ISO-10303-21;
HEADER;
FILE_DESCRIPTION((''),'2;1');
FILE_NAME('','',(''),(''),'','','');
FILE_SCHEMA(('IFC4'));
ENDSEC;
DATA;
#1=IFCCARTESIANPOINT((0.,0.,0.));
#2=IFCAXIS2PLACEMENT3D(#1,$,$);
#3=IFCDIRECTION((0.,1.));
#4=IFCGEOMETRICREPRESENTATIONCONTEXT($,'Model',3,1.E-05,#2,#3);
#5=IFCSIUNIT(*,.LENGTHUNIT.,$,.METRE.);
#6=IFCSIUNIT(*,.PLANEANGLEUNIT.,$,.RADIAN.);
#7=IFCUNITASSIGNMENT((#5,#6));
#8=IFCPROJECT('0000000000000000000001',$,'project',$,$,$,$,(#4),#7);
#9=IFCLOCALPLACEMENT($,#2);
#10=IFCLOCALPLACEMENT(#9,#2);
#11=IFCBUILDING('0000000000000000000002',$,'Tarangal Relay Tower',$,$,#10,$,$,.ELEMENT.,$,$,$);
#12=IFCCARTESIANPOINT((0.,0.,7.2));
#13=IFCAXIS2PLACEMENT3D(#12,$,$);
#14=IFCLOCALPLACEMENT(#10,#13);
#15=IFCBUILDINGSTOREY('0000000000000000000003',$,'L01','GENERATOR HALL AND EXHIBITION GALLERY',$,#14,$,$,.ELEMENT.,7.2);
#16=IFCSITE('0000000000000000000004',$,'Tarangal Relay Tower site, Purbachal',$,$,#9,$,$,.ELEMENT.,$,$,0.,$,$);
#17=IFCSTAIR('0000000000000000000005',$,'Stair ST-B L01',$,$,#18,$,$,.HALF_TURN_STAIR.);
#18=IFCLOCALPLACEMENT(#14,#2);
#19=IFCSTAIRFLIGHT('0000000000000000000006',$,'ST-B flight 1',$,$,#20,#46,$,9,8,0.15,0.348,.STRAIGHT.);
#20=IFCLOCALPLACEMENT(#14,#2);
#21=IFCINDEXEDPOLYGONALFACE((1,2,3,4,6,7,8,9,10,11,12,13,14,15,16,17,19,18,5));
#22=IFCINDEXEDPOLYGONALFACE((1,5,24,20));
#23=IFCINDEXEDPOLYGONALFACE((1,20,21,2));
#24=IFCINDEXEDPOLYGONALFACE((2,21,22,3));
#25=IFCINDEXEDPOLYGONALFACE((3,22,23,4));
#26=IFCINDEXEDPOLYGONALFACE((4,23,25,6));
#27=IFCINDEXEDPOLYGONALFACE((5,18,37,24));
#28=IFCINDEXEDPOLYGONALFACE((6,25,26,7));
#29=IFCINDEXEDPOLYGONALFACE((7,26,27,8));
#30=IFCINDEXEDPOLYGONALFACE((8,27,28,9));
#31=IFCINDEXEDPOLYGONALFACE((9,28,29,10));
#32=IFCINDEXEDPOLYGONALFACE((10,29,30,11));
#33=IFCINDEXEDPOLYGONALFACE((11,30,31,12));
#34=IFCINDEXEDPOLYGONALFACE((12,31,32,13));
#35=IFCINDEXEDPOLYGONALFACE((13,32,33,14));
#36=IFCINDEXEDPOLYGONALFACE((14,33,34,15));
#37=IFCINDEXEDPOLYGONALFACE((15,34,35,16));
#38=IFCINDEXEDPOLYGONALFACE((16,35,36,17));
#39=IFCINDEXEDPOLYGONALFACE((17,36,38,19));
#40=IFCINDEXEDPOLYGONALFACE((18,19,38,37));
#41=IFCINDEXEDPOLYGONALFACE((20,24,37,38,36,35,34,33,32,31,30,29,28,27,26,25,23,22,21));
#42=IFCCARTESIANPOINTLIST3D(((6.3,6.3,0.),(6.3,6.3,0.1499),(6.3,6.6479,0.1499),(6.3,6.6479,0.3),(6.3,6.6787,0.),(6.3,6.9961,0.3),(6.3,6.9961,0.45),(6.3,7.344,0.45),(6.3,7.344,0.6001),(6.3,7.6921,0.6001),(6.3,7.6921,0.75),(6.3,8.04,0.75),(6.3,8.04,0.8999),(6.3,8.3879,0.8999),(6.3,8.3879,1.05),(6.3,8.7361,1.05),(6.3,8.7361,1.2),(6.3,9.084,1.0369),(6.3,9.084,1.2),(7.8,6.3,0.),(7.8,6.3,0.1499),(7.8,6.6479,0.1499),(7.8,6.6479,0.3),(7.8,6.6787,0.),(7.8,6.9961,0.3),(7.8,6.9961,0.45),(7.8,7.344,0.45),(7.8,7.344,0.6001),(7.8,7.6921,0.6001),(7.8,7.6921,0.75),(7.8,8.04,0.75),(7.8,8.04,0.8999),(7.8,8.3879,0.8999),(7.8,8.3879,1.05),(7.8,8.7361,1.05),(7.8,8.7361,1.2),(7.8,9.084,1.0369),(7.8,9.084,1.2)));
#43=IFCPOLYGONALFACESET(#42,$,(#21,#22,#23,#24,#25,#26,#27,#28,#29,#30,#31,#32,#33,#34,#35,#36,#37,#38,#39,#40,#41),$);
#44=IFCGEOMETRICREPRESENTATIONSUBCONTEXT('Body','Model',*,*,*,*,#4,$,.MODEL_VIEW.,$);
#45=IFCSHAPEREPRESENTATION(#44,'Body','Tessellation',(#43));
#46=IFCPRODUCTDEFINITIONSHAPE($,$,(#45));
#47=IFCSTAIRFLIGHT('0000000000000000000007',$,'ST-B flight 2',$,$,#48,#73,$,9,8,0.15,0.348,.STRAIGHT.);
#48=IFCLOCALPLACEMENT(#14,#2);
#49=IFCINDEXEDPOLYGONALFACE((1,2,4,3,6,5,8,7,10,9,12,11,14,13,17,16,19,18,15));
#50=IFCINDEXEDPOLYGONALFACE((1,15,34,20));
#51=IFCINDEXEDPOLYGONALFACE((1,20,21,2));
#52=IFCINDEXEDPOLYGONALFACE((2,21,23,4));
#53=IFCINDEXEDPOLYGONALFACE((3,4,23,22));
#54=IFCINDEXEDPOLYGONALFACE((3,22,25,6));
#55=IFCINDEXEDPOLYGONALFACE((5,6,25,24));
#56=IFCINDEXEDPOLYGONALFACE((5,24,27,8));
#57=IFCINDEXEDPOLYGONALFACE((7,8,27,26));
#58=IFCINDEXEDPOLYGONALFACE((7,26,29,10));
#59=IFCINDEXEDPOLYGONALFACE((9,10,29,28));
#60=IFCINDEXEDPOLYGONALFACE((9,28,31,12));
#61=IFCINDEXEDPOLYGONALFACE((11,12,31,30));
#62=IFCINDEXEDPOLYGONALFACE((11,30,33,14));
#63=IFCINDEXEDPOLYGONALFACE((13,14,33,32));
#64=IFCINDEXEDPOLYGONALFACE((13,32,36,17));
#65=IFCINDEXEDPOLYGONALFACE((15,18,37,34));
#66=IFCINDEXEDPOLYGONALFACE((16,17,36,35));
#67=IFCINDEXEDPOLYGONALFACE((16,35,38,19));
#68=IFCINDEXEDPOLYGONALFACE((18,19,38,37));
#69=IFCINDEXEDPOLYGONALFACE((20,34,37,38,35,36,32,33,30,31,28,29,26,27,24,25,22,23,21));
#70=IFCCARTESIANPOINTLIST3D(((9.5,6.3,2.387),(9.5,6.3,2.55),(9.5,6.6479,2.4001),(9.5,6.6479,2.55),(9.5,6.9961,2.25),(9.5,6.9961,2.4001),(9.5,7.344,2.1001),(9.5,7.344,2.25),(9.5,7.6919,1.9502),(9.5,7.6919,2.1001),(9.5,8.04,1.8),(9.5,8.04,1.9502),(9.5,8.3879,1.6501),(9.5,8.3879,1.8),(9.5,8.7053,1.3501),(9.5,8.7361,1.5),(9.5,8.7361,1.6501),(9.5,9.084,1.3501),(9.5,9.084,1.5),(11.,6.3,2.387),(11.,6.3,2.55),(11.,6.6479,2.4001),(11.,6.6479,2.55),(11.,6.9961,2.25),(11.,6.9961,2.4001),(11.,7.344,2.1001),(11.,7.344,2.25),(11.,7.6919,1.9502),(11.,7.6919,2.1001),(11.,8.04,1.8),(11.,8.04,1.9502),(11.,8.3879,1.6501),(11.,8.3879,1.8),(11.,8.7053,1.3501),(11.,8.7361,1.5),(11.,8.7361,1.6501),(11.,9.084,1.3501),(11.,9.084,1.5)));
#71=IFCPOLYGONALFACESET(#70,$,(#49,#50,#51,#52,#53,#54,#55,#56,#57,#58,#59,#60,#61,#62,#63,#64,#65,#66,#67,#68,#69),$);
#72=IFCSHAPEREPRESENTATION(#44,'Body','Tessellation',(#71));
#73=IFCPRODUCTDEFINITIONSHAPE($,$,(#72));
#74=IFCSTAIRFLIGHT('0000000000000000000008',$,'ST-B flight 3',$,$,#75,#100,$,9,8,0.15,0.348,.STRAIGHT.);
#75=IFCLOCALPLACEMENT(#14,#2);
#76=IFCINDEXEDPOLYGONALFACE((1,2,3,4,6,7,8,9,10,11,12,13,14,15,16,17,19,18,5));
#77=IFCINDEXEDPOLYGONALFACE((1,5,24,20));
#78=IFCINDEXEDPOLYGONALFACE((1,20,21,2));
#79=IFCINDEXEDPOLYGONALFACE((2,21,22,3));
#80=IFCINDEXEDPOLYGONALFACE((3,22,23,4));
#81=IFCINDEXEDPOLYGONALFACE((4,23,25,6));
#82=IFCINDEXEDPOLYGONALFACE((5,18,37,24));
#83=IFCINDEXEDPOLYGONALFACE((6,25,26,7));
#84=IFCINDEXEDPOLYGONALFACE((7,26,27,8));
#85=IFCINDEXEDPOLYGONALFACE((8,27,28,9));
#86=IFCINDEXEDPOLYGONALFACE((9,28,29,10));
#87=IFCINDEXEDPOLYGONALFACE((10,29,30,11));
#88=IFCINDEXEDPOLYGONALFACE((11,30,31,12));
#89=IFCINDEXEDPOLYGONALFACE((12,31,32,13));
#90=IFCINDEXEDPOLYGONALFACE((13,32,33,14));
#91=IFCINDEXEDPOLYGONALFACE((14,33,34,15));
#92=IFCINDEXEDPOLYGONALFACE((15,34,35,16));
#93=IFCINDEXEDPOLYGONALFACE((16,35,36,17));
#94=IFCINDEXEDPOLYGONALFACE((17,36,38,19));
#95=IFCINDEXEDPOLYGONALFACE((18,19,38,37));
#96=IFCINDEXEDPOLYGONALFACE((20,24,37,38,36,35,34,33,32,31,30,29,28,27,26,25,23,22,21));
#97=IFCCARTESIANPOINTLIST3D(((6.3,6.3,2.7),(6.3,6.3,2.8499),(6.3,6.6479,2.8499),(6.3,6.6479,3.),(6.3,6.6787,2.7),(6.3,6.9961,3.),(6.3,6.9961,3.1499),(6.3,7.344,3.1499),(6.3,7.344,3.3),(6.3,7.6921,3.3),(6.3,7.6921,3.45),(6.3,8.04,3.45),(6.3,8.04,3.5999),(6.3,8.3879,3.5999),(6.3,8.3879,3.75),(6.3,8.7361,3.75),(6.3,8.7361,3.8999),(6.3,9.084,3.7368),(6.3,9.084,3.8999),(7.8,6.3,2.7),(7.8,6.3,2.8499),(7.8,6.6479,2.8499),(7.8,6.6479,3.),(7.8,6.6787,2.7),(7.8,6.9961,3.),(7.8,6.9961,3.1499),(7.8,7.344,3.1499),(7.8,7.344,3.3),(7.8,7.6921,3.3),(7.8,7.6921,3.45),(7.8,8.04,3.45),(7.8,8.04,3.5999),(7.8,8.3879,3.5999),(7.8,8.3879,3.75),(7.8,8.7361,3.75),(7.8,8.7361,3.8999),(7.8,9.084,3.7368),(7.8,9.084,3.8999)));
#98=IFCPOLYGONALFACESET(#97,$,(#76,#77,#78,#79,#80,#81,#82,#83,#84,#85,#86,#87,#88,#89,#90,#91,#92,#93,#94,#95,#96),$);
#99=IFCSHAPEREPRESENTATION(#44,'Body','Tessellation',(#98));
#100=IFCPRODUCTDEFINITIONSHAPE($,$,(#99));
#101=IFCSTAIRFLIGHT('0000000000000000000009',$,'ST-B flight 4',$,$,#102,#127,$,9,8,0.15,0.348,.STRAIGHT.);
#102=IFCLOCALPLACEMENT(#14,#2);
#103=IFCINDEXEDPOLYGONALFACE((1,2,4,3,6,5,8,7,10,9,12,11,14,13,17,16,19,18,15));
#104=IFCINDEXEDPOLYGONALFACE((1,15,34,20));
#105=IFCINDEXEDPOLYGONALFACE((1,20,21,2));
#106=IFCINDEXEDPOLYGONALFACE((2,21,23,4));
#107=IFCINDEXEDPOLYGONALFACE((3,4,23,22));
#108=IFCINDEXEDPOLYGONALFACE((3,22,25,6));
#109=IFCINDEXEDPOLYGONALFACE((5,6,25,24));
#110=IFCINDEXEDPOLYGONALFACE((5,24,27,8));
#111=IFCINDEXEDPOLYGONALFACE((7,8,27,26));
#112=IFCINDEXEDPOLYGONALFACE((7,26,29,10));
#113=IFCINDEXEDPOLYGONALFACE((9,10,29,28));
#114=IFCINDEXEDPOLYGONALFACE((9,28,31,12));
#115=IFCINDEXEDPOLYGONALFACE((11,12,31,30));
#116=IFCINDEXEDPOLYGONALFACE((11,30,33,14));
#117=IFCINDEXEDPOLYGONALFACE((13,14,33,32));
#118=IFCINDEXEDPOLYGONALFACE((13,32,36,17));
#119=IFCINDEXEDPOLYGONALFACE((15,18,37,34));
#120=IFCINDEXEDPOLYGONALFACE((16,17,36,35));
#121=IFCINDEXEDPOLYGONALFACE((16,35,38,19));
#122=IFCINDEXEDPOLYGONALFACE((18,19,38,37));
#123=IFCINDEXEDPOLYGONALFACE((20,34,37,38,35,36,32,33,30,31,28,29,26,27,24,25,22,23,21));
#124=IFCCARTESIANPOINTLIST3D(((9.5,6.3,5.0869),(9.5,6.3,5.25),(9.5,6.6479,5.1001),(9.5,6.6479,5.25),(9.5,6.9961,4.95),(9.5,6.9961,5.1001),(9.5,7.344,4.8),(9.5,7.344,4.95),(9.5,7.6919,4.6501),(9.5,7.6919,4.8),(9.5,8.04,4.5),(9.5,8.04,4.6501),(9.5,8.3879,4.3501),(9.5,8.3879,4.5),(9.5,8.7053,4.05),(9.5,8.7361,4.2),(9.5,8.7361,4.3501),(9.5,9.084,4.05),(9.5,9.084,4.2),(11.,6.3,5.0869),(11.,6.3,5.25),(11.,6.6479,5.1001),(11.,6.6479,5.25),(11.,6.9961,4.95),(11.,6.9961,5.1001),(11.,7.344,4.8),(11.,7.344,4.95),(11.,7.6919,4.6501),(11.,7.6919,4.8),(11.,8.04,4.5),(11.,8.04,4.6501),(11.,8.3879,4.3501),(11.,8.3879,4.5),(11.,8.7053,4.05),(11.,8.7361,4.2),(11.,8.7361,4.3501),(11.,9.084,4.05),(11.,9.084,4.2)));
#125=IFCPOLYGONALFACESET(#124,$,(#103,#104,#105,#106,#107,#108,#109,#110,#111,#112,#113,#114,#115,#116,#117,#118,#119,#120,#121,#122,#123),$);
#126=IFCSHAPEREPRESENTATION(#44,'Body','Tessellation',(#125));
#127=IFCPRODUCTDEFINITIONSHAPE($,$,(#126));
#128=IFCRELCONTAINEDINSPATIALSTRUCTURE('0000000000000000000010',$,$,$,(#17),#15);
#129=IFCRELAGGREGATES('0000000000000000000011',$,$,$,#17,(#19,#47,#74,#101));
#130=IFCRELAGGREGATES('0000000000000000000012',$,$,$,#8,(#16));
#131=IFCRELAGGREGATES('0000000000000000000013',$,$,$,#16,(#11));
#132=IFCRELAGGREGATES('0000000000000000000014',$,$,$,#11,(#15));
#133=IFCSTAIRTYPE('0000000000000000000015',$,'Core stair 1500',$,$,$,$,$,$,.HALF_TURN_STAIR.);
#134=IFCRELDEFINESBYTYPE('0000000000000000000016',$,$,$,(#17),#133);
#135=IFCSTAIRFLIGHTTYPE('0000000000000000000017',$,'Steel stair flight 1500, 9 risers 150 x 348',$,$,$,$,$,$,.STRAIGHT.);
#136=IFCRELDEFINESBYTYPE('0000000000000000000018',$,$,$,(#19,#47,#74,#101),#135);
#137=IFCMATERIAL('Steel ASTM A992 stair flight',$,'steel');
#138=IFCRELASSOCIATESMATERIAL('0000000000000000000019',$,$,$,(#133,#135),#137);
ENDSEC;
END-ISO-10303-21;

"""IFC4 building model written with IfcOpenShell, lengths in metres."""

from ifc_helpers import new_model, si_unit, direction, frame, origin, place, context, subcontext, project, spatial, polyline, outline, extrude, material, type_object, element, aggregate, save


model = new_model("IFC4")

# Units and contexts
model_context = context("Model", 3, precision=1e-05, world=origin(), true_north=direction((0.0, 1.0)))
body_context = subcontext(model_context, "Body", "Model", "MODEL_VIEW")
ifc_project = project(units=[si_unit("LENGTHUNIT", "METRE"), si_unit("PLANEANGLEUNIT", "RADIAN")], contexts=[model_context])

# Site, building, storey
site_placement = place(None, origin())
site = spatial("IfcSite", under=ifc_project, at=site_placement, Name="Tarangal Relay Tower site, Purbachal", CompositionType="ELEMENT", RefElevation=0.0)
building_placement = place(site_placement, origin())
building = spatial("IfcBuilding", under=site, at=building_placement, Name="Tarangal Relay Tower", CompositionType="ELEMENT")
storey_placement = place(building_placement, frame((0.0, 0.0, 7.2)))
storey = spatial("IfcBuildingStorey", under=building, at=storey_placement, Name="L01", Description="GENERATOR HALL AND EXHIBITION GALLERY", CompositionType="ELEMENT", Elevation=7.2)

# Shared definitions
ifc_material_1 = material(Name="Steel ASTM A992 stair flight", Category="steel")
stair_type_1 = type_object("IfcStairType", Name="Core stair 1500", PredefinedType="HALF_TURN_STAIR", material=ifc_material_1)

# Stair, stair flights
stair_1_placement = place(storey_placement, origin())
stair_1 = element("IfcStair", 1, at=stair_1_placement, inside=storey, type_object=stair_type_1, Name="Stair ST-B L01", PredefinedType="HALF_TURN_STAIR")
stair_flight_type = type_object("IfcStairFlightType", Name="Steel stair flight 1500, 9 risers 150 x 348", PredefinedType="STRAIGHT", material=ifc_material_1)
stair_flight_1_placement = place(storey_placement, frame((7.05, 6.3, 0.0), z_axis=(0.0, 0.0, 1.0), x_axis=(0.0, 1.0, 0.0)))
stair_flight_1 = element("IfcStairFlight", 2, at=stair_flight_1_placement, type_object=stair_flight_type, Name="ST-B flight 1", NumberOfRisers=9, NumberOfTreads=8, PredefinedType="STRAIGHT", RiserHeight=0.15, TreadLength=0.348, context=body_context, shape_type="SweptSolid", body=[
    extrude(outline(polyline([(0.0, 0.0), (0.0, 0.1499), (0.3479, 0.1499), (0.3479, 0.3), (0.696, 0.3), (0.696, 0.45), (1.0439, 0.45), (1.0439, 0.6001), (1.3921, 0.6001), (1.3921, 0.75), (1.74, 0.75), (1.74, 0.8999), (2.0879, 0.8999), (2.0879, 1.05), (2.436, 1.05), (2.436, 1.2), (2.7839, 1.2), (2.7839, 1.3501), (2.7839, 1.0369), (0.3787, 0.0), (0.0, 0.0)])), frame((0.0, 0.75, 0.0), z_axis=(0.0, -1.0, 0.0), x_axis=(1.0, 0.0, 0.0)), (0.0, 0.0, 1.0), 1.5),
])
stair_flight_2_placement = place(storey_placement, frame((10.25, 9.084, 1.3501), z_axis=(0.0, 0.0, 1.0), x_axis=(0.0, -1.0, 0.0)))
stair_flight_2 = element("IfcStairFlight", 3, at=stair_flight_2_placement, type_object=stair_flight_type, Name="ST-B flight 2", NumberOfRisers=9, NumberOfTreads=8, PredefinedType="STRAIGHT", RiserHeight=0.15, TreadLength=0.348, context=body_context, shape_type="SweptSolid", body=[
    extrude(outline(polyline([(0.0, 0.0), (0.0, 0.1499), (0.3479, 0.1499), (0.3479, 0.3), (0.696, 0.3), (0.696, 0.45), (1.0439, 0.45), (1.0439, 0.6001), (1.3921, 0.6001), (1.3921, 0.75), (1.74, 0.75), (1.74, 0.8999), (2.0879, 0.8999), (2.0879, 1.05), (2.436, 1.05), (2.436, 1.2), (2.7839, 1.2), (2.7839, 1.3501), (2.7839, 1.0369), (0.3787, 0.0), (0.0, 0.0)])), frame((0.0, 0.75, 0.0), z_axis=(0.0, -1.0, 0.0), x_axis=(1.0, 0.0, 0.0)), (0.0, 0.0, 1.0), 1.5),
])
stair_flight_3_placement = place(storey_placement, frame((7.05, 6.3, 2.7), z_axis=(0.0, 0.0, 1.0), x_axis=(0.0, 1.0, 0.0)))
stair_flight_3 = element("IfcStairFlight", 4, at=stair_flight_3_placement, type_object=stair_flight_type, Name="ST-B flight 3", NumberOfRisers=9, NumberOfTreads=8, PredefinedType="STRAIGHT", RiserHeight=0.15, TreadLength=0.348, context=body_context, shape_type="SweptSolid", body=[
    extrude(outline(polyline([(0.0, 0.0), (0.0, 0.1499), (0.3479, 0.1499), (0.3479, 0.3), (0.696, 0.3), (0.696, 0.45), (1.0439, 0.45), (1.0439, 0.6001), (1.3921, 0.6001), (1.3921, 0.75), (1.74, 0.75), (1.74, 0.8999), (2.0879, 0.8999), (2.0879, 1.05), (2.436, 1.05), (2.436, 1.2), (2.7839, 1.2), (2.7839, 1.3501), (2.7839, 1.0369), (0.3787, 0.0), (0.0, 0.0)])), frame((0.0, 0.75, 0.0), z_axis=(0.0, -1.0, 0.0), x_axis=(1.0, 0.0, 0.0)), (0.0, 0.0, 1.0), 1.5),
])
stair_flight_4_placement = place(storey_placement, frame((10.25, 9.084, 4.05), z_axis=(0.0, 0.0, 1.0), x_axis=(0.0, -1.0, 0.0)))
stair_flight_4 = element("IfcStairFlight", 5, at=stair_flight_4_placement, type_object=stair_flight_type, Name="ST-B flight 4", NumberOfRisers=9, NumberOfTreads=8, PredefinedType="STRAIGHT", RiserHeight=0.15, TreadLength=0.348, context=body_context, shape_type="SweptSolid", body=[
    extrude(outline(polyline([(0.0, 0.0), (0.0, 0.1499), (0.3479, 0.1499), (0.3479, 0.3), (0.696, 0.3), (0.696, 0.45), (1.0439, 0.45), (1.0439, 0.6001), (1.3921, 0.6001), (1.3921, 0.75), (1.74, 0.75), (1.74, 0.8999), (2.0879, 0.8999), (2.0879, 1.05), (2.436, 1.05), (2.436, 1.2), (2.7839, 1.2), (2.7839, 1.3501), (2.7839, 1.0369), (0.3787, 0.0), (0.0, 0.0)])), frame((0.0, 0.75, 0.0), z_axis=(0.0, -1.0, 0.0), x_axis=(1.0, 0.0, 0.0)), (0.0, 0.0, 1.0), 1.5),
])
aggregate(stair_1, [stair_flight_1, stair_flight_2, stair_flight_3, stair_flight_4])

save(model, "model.ifc")
